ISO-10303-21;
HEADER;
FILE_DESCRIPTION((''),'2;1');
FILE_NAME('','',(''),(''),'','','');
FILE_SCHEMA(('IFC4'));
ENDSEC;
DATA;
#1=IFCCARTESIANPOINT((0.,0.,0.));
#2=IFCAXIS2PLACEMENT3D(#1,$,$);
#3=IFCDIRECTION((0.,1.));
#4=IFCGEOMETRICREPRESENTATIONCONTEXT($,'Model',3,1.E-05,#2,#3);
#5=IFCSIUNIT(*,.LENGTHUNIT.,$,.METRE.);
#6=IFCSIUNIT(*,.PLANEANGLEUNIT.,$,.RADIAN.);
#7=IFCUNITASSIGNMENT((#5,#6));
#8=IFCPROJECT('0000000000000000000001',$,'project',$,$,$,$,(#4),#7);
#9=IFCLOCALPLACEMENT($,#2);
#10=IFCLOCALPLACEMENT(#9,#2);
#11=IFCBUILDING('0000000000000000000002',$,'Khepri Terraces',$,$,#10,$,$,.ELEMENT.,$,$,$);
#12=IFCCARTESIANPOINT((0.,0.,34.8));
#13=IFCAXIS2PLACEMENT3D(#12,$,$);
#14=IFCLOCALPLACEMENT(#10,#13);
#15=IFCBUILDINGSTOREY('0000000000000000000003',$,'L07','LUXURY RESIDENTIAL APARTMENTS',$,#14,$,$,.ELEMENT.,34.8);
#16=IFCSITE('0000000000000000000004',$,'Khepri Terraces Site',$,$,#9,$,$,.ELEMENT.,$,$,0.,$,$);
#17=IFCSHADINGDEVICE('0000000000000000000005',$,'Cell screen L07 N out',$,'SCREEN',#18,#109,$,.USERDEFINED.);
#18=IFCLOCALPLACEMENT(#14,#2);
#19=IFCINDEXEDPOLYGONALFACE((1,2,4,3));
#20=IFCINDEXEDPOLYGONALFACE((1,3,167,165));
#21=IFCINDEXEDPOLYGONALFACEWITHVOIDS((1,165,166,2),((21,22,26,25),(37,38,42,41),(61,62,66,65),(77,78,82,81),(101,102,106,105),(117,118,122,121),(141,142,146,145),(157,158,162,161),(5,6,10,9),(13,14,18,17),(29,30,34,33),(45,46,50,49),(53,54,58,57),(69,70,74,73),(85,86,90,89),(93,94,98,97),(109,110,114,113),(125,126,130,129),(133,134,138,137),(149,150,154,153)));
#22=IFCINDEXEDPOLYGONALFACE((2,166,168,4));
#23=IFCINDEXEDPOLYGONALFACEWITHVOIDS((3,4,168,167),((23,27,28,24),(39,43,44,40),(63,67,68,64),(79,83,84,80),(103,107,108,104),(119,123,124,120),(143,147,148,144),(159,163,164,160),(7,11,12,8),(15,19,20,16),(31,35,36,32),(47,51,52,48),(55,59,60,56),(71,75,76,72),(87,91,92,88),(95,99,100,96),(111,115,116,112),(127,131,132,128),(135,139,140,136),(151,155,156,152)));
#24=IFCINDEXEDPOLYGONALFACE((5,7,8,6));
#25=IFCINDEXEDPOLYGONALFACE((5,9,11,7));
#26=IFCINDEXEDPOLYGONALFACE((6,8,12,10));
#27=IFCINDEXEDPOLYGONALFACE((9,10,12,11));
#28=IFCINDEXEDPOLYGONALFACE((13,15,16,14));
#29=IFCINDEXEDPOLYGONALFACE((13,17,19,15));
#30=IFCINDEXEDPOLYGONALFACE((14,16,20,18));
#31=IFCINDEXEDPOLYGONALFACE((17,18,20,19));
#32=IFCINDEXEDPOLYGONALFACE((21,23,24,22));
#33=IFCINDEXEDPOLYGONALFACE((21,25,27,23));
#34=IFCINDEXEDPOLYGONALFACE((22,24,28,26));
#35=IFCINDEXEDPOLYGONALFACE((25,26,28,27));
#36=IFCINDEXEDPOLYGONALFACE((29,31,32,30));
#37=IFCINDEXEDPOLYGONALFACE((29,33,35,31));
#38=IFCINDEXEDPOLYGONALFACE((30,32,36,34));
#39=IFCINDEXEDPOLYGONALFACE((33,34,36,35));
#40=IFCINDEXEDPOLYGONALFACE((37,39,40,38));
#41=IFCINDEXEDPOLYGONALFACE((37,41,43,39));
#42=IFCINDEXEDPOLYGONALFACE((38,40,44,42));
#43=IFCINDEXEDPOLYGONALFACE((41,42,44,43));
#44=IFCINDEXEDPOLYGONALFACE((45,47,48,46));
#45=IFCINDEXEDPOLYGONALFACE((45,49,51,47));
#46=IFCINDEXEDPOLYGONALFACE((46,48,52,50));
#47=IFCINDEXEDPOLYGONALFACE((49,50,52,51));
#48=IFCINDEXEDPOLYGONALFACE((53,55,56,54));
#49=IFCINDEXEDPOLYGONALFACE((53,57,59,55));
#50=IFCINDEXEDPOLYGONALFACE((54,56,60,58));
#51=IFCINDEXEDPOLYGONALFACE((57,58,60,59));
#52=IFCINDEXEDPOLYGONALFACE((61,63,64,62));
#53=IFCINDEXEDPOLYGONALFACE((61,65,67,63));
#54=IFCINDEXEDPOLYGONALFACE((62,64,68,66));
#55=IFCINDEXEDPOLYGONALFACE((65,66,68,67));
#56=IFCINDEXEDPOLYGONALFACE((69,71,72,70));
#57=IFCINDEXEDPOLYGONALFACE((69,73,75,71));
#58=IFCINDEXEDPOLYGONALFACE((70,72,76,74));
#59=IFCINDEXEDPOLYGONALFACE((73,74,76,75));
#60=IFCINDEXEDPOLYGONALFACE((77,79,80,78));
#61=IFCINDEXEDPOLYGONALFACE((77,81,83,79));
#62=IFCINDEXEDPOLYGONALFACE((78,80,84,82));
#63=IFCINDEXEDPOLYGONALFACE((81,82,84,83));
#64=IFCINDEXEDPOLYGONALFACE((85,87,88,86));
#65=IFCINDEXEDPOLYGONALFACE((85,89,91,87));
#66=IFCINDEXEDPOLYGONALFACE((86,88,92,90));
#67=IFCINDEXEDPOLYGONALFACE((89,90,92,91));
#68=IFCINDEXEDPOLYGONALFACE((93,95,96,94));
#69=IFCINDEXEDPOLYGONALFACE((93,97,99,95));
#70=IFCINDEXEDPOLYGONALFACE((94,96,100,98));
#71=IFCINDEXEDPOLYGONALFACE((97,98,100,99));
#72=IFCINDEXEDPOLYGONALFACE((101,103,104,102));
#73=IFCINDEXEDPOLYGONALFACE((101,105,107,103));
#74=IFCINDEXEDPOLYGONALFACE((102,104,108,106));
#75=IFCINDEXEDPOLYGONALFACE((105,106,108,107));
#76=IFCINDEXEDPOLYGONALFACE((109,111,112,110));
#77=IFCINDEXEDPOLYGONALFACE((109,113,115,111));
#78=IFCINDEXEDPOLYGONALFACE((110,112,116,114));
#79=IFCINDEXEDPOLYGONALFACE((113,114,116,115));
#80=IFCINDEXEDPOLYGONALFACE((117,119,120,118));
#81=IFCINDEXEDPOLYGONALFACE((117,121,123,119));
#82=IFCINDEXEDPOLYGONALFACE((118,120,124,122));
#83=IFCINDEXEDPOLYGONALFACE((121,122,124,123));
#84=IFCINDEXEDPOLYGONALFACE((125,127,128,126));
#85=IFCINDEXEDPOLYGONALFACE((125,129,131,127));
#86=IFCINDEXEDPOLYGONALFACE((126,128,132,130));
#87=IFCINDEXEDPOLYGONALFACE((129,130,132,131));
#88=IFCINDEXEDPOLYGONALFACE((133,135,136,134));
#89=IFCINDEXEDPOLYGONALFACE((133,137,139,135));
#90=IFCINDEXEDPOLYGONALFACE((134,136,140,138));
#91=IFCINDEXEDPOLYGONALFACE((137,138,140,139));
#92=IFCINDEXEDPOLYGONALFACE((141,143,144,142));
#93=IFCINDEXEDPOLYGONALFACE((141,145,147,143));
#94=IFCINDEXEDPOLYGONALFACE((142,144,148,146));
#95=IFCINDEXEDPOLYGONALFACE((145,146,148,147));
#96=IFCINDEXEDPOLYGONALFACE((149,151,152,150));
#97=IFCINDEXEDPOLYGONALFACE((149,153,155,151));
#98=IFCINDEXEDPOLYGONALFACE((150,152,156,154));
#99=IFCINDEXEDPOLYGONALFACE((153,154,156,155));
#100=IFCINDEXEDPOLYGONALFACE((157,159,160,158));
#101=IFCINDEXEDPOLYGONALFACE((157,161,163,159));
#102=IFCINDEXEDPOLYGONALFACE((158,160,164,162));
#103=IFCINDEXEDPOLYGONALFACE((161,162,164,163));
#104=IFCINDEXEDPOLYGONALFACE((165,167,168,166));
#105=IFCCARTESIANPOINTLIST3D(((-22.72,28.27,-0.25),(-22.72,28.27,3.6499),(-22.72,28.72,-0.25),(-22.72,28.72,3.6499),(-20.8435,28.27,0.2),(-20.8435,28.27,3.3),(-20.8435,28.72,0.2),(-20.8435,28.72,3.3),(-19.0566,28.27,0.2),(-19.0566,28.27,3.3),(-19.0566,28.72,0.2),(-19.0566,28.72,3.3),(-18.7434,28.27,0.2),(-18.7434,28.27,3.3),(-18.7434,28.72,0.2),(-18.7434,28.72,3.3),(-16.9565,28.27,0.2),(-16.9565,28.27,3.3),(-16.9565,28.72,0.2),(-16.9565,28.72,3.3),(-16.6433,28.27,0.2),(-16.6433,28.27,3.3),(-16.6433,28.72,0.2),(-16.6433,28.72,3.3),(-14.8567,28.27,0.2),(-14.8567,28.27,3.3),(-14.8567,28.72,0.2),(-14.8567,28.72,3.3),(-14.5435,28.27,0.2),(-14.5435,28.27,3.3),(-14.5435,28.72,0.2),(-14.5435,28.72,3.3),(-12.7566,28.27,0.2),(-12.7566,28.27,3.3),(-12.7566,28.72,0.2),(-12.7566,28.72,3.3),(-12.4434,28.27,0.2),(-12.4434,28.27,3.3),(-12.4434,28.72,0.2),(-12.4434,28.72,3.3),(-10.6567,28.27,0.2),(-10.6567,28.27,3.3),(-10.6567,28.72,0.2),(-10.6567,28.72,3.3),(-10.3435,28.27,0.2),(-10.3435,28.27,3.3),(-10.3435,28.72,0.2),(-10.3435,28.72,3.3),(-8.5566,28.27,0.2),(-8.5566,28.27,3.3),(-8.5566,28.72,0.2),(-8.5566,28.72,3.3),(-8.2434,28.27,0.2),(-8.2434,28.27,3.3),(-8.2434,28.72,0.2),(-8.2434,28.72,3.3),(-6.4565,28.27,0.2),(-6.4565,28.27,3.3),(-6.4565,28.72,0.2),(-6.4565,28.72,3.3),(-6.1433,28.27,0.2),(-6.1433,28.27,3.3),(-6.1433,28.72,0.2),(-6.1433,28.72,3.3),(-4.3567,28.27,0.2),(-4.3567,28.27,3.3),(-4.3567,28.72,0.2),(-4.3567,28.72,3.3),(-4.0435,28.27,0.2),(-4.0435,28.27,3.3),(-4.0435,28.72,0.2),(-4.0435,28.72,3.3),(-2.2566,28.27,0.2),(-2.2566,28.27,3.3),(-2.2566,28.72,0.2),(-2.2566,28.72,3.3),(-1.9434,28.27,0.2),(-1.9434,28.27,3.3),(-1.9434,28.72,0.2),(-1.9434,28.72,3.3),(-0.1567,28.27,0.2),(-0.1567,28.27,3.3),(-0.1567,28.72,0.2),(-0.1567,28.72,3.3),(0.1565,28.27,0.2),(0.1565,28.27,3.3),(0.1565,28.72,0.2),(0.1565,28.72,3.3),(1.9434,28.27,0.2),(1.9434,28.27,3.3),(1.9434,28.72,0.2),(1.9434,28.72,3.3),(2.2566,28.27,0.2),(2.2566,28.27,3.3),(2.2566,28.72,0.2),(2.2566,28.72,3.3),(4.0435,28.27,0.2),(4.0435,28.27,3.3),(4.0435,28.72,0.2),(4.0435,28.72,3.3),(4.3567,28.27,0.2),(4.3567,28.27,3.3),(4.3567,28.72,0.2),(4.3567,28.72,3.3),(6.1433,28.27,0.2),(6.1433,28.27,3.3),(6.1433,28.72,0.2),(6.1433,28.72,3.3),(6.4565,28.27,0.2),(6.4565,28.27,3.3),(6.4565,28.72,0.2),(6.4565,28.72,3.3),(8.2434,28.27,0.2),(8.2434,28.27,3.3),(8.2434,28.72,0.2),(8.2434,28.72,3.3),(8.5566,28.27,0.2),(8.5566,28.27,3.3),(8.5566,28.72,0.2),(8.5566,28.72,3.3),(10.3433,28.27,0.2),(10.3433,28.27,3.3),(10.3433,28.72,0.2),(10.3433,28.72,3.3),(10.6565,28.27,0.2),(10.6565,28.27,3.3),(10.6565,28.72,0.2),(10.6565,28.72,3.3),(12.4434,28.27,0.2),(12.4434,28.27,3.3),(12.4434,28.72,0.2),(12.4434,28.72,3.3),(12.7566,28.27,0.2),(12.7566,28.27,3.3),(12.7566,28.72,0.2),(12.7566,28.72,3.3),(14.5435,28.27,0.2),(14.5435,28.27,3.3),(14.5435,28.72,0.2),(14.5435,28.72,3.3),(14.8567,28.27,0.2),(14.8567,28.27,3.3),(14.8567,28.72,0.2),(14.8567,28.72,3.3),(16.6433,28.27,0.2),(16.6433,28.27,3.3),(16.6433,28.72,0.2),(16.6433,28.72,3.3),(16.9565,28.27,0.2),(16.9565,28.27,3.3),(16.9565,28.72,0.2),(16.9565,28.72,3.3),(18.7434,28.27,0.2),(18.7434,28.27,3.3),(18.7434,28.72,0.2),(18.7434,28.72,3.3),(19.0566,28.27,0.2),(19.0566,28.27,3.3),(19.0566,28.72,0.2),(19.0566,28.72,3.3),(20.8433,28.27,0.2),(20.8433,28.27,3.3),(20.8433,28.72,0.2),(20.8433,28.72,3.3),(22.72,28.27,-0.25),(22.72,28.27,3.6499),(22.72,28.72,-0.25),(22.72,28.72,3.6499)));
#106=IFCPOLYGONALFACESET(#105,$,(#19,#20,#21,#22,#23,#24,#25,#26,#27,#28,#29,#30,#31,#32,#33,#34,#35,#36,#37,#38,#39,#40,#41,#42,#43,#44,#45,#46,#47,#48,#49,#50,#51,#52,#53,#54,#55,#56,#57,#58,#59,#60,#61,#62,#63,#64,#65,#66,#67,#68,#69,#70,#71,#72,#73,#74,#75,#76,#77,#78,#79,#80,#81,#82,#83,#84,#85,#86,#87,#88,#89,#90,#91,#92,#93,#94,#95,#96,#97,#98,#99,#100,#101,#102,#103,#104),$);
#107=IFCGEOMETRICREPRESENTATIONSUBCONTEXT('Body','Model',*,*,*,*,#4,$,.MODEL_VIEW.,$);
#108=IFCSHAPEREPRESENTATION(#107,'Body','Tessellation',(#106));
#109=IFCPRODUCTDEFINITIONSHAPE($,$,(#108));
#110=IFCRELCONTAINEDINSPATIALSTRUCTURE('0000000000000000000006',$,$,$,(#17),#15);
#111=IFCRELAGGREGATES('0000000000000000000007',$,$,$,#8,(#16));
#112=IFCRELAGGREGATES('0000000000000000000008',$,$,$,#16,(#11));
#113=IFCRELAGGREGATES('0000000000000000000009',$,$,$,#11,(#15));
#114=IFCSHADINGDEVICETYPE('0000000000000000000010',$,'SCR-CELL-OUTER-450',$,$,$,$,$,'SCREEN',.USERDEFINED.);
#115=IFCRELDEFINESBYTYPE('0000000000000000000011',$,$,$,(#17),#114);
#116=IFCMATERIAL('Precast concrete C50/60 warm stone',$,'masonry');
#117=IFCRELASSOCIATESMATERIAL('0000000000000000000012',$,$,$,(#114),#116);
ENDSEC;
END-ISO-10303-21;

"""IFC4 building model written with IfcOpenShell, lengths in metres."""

from ifc_helpers import new_model, si_unit, direction, frame, origin, place, context, subcontext, project, spatial, polyline, outline, extrude, material, type_object, element, save


model = new_model("IFC4")

# Units and contexts
model_context = context("Model", 3, precision=1e-05, world=origin(), true_north=direction((0.0, 1.0)))
body_context = subcontext(model_context, "Body", "Model", "MODEL_VIEW")
ifc_project = project(units=[si_unit("LENGTHUNIT", "METRE"), si_unit("PLANEANGLEUNIT", "RADIAN")], contexts=[model_context])

# Site, building, storey
site_placement = place(None, origin())
site = spatial("IfcSite", under=ifc_project, at=site_placement, Name="Khepri Terraces Site", CompositionType="ELEMENT", RefElevation=0.0)
building_placement = place(site_placement, origin())
building = spatial("IfcBuilding", under=site, at=building_placement, Name="Khepri Terraces", CompositionType="ELEMENT")
storey_placement = place(building_placement, frame((0.0, 0.0, 34.8)))
storey = spatial("IfcBuildingStorey", under=building, at=storey_placement, Name="L07", Description="LUXURY RESIDENTIAL APARTMENTS", CompositionType="ELEMENT", Elevation=34.8)

# Shared definitions
ifc_material_1 = material(Name="Precast concrete C50/60 warm stone", Category="masonry")

# Shading device
shading_device_type_1 = type_object("IfcShadingDeviceType", Name="SCR-CELL-OUTER-450", ElementType="SCREEN", PredefinedType="USERDEFINED", material=ifc_material_1)
shading_device_1_placement = place(storey_placement, frame((22.72, 28.27, -0.25), z_axis=(0.0, 1.0, 0.0), x_axis=(-1.0, 0.0, 0.0)))
element("IfcShadingDevice", 1, at=shading_device_1_placement, inside=storey, type_object=shading_device_type_1, Name="Cell screen L07 N out", ObjectType="SCREEN", PredefinedType="USERDEFINED", context=body_context, shape_type="SweptSolid", body=[
    extrude(outline(polyline([(0.0, 0.0), (45.4399, 0.0), (45.4399, 3.8999), (0.0, 3.8999), (0.0, 0.0)]), holes=[polyline([(1.8767, 0.45), (3.6633, 0.45), (3.6633, 3.55), (1.8767, 3.55), (1.8767, 0.45)]), polyline([(3.9766, 0.45), (5.7634, 0.45), (5.7634, 3.55), (3.9766, 3.55), (3.9766, 0.45)]), polyline([(6.0767, 0.45), (7.8633, 0.45), (7.8633, 3.55), (6.0767, 3.55), (6.0767, 0.45)]), polyline([(8.1765, 0.45), (9.9634, 0.45), (9.9634, 3.55), (8.1765, 3.55), (8.1765, 0.45)]), polyline([(10.2766, 0.45), (12.0635, 0.45), (12.0635, 3.55), (10.2766, 3.55), (10.2766, 0.45)]), polyline([(12.3767, 0.45), (14.1633, 0.45), (14.1633, 3.55), (12.3767, 3.55), (12.3767, 0.45)]), polyline([(14.4766, 0.45), (16.2634, 0.45), (16.2634, 3.55), (14.4766, 3.55), (14.4766, 0.45)]), polyline([(16.5767, 0.45), (18.3633, 0.45), (18.3633, 3.55), (16.5767, 3.55), (16.5767, 0.45)]), polyline([(18.6765, 0.45), (20.4634, 0.45), (20.4634, 3.55), (18.6765, 3.55), (18.6765, 0.45)]), polyline([(20.7766, 0.45), (22.5635, 0.45), (22.5635, 3.55), (20.7766, 3.55), (20.7766, 0.45)]), polyline([(22.8767, 0.45), (24.6633, 0.45), (24.6633, 3.55), (22.8767, 3.55), (22.8767, 0.45)]), polyline([(24.9766, 0.45), (26.7634, 0.45), (26.7634, 3.55), (24.9766, 3.55), (24.9766, 0.45)]), polyline([(27.0767, 0.45), (28.8633, 0.45), (28.8633, 3.55), (27.0767, 3.55), (27.0767, 0.45)]), polyline([(29.1765, 0.45), (30.9634, 0.45), (30.9634, 3.55), (29.1765, 3.55), (29.1765, 0.45)]), polyline([(31.2766, 0.45), (33.0635, 0.45), (33.0635, 3.55), (31.2766, 3.55), (31.2766, 0.45)]), polyline([(33.3767, 0.45), (35.1633, 0.45), (35.1633, 3.55), (33.3767, 3.55), (33.3767, 0.45)]), polyline([(35.4766, 0.45), (37.2634, 0.45), (37.2634, 3.55), (35.4766, 3.55), (35.4766, 0.45)]), polyline([(37.5767, 0.45), (39.3633, 0.45), (39.3633, 3.55), (37.5767, 3.55), (37.5767, 0.45)]), polyline([(39.6765, 0.45), (41.4634, 0.45), (41.4634, 3.55), (39.6765, 3.55), (39.6765, 0.45)]), polyline([(41.7766, 0.45), (43.5635, 0.45), (43.5635, 3.55), (41.7766, 3.55), (41.7766, 0.45)])]), origin(), (0.0, 0.0, 1.0), 0.45),
])

save(model, "model.ifc")
